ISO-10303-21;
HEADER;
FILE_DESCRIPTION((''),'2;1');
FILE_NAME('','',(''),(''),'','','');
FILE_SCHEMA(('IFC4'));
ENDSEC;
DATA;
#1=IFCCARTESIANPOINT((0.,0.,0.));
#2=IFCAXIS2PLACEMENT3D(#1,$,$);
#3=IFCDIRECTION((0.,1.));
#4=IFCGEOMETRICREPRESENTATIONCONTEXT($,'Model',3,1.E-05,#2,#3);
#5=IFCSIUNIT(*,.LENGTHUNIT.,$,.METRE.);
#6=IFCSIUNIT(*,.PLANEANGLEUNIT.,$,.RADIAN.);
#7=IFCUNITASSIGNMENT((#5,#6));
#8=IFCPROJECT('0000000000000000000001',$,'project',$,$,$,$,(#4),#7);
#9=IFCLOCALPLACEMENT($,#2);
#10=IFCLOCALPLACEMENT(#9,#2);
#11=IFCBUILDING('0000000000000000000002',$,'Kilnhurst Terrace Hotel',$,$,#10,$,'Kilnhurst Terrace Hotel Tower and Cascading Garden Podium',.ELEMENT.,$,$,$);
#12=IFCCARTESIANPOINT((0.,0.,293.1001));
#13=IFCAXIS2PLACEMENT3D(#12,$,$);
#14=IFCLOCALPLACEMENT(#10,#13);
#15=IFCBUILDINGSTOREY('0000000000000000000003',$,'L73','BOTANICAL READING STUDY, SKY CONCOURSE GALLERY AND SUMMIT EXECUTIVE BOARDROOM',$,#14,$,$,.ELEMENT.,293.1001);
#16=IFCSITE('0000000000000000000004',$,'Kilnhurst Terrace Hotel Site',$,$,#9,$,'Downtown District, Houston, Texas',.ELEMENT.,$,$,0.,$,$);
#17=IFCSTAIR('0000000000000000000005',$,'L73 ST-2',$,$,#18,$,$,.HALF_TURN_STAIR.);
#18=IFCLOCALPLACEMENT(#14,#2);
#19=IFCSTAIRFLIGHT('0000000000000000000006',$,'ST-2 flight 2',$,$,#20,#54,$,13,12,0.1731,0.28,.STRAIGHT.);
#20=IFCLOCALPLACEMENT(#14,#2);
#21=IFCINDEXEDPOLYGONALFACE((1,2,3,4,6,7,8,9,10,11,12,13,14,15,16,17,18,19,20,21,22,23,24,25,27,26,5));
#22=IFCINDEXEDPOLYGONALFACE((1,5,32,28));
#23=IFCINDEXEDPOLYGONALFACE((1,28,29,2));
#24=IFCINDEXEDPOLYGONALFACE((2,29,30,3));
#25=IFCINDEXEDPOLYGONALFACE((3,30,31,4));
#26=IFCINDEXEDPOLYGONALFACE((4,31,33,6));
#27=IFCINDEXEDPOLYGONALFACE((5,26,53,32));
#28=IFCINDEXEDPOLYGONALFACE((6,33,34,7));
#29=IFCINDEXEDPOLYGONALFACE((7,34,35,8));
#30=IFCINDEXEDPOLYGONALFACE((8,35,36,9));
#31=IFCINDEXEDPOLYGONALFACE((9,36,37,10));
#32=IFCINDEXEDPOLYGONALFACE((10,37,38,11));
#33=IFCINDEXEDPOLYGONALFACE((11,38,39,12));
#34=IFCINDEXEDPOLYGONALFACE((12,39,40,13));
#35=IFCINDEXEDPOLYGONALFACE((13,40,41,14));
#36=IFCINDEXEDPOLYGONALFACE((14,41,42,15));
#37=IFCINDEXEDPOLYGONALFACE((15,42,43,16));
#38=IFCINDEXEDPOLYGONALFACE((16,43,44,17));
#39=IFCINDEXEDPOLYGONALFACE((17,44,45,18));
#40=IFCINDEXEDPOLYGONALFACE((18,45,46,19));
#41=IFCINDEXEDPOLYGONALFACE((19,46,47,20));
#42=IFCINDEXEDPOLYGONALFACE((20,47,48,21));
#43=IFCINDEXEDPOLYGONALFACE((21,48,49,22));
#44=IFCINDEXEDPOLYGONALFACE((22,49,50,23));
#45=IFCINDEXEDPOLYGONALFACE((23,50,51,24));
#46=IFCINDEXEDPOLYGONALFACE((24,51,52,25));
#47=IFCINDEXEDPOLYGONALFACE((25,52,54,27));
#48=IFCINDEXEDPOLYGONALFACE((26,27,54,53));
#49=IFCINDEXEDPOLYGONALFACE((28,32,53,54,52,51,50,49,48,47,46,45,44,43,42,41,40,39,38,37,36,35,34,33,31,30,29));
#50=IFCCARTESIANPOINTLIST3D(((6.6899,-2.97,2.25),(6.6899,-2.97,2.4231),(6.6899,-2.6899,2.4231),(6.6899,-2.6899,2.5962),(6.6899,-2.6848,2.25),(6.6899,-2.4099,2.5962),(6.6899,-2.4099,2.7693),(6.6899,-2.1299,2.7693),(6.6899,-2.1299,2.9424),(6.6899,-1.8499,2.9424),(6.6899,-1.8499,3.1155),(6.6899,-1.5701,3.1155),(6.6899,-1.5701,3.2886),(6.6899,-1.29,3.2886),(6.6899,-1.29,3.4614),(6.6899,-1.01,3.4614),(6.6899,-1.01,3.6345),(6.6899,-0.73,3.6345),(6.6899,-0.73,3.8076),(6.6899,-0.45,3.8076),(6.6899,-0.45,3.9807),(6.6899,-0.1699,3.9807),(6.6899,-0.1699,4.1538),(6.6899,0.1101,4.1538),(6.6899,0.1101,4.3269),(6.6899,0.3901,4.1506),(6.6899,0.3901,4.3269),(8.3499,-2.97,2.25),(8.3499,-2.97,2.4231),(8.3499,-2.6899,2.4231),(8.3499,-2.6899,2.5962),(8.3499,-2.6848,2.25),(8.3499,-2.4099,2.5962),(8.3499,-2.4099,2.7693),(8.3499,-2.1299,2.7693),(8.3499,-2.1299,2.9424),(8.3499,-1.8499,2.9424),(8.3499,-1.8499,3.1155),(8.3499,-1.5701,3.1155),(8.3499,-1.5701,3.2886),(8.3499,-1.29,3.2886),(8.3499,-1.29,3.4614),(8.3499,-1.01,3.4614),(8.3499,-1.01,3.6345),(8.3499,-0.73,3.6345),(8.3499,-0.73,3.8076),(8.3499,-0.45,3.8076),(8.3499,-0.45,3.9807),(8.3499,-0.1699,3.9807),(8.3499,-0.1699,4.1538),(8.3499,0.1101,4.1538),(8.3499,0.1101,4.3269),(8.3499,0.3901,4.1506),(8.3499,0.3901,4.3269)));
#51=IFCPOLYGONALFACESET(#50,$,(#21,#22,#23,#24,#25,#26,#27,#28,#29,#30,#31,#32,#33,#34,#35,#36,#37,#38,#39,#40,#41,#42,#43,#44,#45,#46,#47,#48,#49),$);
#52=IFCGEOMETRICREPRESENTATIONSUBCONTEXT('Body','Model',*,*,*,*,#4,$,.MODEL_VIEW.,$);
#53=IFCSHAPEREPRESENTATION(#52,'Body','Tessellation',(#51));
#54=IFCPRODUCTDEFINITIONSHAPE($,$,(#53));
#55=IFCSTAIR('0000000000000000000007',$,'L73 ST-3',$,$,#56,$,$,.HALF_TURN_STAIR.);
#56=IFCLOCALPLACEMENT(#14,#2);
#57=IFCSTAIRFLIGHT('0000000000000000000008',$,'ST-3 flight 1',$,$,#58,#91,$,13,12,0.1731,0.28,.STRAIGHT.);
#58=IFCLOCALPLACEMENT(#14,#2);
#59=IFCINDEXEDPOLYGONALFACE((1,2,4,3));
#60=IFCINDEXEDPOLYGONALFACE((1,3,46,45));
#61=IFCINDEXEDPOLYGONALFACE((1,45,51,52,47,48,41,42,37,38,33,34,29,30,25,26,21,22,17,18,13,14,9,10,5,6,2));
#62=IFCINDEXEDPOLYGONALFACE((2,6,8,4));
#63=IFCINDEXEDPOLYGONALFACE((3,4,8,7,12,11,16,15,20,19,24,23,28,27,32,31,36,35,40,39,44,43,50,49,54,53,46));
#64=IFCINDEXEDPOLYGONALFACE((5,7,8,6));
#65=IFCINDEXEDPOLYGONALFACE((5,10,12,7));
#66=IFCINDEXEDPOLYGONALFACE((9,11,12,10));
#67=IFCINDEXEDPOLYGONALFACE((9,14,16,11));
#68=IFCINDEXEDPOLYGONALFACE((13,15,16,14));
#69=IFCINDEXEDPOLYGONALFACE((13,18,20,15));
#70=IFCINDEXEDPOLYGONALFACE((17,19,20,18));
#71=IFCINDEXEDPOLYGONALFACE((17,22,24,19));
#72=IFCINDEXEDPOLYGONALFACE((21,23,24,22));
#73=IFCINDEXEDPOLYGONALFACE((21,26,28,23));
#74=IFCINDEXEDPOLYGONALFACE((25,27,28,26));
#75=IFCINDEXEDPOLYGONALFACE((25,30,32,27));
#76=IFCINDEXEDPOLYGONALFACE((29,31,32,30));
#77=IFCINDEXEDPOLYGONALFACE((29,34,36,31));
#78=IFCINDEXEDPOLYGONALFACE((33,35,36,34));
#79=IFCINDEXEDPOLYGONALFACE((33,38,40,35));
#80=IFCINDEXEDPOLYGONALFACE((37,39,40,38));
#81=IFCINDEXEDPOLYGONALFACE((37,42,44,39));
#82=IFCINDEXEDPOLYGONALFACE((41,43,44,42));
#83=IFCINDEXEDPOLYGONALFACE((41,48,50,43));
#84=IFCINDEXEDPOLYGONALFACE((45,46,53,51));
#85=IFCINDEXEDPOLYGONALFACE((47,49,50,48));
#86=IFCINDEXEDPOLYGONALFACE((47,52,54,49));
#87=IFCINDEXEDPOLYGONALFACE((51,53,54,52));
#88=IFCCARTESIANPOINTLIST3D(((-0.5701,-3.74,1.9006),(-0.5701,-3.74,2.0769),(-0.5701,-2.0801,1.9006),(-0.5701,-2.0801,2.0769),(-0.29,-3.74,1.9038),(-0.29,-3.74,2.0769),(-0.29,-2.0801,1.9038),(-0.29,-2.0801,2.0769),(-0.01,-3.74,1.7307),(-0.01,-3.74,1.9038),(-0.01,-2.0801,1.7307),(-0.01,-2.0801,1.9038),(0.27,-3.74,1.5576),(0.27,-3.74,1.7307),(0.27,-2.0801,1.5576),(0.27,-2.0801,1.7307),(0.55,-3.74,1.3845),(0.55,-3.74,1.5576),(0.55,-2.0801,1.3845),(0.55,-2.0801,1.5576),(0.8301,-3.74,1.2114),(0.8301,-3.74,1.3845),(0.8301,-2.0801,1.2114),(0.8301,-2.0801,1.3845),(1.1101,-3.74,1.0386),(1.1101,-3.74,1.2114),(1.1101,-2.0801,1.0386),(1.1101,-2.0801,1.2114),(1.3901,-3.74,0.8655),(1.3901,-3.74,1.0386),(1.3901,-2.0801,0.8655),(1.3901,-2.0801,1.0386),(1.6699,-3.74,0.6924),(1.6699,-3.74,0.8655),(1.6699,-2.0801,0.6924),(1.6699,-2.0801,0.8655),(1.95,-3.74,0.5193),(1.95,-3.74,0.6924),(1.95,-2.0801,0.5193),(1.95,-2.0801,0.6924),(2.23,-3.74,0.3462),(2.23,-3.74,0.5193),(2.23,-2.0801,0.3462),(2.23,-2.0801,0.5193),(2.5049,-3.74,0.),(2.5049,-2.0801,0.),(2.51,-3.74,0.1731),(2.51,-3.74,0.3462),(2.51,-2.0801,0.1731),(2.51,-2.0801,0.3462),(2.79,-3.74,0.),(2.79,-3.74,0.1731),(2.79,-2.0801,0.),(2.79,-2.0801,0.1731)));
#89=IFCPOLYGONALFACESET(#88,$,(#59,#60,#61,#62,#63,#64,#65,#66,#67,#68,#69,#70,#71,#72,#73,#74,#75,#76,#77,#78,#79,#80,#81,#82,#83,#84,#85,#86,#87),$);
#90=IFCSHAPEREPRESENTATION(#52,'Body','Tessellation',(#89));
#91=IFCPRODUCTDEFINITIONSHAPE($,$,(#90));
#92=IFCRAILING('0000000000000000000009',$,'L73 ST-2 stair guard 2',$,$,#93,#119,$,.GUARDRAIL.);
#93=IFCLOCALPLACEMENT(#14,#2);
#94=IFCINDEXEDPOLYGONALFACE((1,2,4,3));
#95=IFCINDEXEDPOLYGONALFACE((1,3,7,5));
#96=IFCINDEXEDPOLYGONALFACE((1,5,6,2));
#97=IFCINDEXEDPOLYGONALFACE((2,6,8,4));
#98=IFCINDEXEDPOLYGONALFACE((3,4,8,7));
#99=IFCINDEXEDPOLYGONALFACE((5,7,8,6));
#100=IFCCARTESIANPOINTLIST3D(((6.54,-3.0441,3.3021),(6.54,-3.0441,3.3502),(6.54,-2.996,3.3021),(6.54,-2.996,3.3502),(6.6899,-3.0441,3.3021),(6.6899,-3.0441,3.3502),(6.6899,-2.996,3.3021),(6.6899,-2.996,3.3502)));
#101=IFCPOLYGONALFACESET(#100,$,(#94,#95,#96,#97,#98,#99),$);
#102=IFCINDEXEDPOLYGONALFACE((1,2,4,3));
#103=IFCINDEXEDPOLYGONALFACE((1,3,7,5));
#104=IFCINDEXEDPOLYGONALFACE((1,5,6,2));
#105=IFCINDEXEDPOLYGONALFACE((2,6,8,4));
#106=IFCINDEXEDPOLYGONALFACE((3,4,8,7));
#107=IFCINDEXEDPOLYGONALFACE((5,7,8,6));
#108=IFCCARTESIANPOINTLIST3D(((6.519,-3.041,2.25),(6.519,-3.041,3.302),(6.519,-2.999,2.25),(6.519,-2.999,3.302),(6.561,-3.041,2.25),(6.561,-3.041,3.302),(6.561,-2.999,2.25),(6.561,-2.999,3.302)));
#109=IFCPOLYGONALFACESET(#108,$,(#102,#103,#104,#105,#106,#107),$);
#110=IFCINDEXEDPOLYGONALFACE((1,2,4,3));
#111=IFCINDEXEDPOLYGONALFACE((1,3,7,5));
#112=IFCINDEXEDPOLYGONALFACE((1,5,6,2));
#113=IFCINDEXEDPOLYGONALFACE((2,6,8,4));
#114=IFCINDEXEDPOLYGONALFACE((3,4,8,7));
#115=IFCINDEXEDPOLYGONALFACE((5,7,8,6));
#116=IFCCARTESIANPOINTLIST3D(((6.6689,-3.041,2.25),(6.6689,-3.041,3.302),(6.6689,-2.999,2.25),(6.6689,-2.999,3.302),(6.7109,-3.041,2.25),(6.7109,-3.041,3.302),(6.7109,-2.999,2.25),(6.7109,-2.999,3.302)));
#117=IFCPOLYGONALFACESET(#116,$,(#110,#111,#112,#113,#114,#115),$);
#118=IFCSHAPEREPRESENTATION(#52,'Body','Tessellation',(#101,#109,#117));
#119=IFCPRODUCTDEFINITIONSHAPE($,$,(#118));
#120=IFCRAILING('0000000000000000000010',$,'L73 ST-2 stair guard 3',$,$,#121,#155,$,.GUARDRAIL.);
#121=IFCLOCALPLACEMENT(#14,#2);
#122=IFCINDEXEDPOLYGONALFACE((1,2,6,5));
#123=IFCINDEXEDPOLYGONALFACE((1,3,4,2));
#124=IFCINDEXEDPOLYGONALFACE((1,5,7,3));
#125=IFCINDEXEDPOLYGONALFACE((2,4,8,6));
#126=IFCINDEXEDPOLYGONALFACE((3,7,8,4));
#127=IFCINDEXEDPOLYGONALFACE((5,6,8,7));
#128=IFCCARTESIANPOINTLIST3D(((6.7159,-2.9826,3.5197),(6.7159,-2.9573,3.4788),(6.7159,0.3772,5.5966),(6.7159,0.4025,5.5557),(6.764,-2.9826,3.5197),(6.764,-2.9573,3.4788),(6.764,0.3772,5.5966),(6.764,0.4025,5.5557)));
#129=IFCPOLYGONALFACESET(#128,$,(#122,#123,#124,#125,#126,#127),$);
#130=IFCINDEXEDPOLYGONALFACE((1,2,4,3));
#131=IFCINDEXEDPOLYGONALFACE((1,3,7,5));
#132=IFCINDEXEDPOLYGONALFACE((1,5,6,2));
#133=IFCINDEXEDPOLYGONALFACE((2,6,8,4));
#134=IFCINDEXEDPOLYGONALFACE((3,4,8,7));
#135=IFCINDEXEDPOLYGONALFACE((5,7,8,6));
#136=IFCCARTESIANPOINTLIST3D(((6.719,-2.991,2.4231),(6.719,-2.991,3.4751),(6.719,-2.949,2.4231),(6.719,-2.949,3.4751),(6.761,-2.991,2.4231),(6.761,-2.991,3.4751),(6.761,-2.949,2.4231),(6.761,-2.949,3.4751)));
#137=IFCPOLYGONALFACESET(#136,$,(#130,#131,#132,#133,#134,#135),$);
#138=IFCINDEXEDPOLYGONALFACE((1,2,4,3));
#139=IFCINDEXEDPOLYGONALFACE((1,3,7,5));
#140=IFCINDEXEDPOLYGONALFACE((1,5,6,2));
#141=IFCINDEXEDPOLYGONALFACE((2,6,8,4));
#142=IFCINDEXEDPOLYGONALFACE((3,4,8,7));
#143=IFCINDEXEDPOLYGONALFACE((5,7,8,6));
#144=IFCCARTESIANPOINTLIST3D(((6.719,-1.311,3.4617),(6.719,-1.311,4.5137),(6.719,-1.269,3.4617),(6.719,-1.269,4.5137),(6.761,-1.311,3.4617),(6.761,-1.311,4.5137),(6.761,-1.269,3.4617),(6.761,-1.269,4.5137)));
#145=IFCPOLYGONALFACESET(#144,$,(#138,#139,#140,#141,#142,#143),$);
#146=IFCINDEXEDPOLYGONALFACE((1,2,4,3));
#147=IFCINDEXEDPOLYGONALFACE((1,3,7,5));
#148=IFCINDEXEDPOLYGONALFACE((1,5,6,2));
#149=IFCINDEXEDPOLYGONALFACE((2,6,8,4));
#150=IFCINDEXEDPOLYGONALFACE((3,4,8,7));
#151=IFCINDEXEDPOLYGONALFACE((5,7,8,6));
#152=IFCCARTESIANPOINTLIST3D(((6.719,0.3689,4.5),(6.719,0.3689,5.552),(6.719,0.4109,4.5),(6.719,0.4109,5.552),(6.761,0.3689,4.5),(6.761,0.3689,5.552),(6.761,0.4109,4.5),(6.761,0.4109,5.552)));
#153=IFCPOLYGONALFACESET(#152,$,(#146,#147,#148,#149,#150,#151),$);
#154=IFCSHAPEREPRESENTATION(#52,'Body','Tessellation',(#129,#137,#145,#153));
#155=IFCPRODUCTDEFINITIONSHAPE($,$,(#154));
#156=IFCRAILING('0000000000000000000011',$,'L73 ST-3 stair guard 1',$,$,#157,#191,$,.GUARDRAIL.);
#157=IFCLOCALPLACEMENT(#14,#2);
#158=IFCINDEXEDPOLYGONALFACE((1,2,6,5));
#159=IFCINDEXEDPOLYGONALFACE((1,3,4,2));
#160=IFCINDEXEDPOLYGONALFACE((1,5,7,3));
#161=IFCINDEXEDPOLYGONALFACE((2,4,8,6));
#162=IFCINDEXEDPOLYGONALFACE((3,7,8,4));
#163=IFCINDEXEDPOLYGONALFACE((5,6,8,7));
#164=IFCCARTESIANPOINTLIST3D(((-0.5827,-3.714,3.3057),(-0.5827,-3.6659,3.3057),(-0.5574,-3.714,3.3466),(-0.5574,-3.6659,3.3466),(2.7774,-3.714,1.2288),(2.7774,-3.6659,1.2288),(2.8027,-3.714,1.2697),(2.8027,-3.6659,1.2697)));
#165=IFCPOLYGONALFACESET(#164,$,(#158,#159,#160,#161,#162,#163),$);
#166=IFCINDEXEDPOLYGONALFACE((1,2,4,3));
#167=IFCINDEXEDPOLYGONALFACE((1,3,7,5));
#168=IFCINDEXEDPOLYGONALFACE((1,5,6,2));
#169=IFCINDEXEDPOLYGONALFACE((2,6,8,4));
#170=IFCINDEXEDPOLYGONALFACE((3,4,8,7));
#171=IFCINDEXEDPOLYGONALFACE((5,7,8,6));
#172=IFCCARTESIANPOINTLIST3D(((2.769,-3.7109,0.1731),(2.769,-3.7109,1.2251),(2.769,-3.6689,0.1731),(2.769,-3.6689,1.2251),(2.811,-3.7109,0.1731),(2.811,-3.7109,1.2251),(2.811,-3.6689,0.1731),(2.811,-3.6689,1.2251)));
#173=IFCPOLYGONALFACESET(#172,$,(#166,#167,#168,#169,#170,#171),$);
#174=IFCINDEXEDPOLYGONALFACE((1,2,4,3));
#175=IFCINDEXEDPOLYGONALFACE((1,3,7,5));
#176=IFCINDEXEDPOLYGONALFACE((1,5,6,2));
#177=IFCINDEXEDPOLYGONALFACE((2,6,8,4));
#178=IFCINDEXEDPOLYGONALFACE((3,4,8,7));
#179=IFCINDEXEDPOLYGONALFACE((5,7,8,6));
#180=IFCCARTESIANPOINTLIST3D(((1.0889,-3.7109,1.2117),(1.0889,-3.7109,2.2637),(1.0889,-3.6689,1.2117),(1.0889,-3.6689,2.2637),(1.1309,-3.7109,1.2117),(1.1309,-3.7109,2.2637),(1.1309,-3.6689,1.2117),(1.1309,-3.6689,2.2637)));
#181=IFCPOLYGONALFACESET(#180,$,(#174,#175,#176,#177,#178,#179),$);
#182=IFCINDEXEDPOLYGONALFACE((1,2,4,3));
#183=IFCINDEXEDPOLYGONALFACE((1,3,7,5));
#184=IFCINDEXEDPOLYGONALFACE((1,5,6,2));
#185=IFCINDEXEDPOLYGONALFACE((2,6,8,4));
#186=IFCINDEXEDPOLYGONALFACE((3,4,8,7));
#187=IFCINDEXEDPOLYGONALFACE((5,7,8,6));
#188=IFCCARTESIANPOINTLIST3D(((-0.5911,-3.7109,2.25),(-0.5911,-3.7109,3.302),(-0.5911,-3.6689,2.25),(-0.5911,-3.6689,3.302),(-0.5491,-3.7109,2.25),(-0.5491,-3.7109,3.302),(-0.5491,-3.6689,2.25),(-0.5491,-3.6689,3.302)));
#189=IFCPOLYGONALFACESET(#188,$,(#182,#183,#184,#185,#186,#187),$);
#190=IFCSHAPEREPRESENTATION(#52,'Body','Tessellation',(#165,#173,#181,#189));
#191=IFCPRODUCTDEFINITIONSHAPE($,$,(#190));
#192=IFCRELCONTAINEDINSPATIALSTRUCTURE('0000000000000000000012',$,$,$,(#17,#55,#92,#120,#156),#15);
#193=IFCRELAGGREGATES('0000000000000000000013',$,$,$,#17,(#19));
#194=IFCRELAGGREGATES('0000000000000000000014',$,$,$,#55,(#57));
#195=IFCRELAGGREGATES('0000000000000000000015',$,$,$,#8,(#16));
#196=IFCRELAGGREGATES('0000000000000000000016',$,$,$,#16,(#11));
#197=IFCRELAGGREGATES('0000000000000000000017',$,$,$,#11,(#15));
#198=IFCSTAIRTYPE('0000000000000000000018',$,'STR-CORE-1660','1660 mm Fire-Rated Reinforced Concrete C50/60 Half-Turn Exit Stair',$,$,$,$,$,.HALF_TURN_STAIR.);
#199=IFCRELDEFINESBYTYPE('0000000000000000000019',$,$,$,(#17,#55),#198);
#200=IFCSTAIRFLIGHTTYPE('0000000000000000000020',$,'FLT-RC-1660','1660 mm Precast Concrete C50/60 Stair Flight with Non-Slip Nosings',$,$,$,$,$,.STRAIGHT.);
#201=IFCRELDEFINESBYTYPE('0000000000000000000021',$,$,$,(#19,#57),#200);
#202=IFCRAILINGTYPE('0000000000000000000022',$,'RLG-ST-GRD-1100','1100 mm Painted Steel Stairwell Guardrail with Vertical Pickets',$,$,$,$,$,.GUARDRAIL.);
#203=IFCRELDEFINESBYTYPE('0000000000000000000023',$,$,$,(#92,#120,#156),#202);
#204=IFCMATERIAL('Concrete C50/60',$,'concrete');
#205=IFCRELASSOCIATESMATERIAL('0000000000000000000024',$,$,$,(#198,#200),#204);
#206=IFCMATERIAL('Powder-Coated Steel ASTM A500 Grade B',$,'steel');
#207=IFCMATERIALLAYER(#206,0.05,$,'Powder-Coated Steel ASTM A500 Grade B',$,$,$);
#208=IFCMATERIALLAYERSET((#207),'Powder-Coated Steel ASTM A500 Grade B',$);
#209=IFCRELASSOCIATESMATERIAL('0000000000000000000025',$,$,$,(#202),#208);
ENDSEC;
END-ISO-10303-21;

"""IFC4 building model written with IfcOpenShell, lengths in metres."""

from ifc_helpers import new_model, si_unit, direction, frame, origin, origin_2d, place, context, subcontext, project, spatial, polyline, rectangle, outline, extrude, material, layer, layer_set, type_object, element, aggregate, save


model = new_model("IFC4")

# Units and contexts
model_context = context("Model", 3, precision=1e-05, world=origin(), true_north=direction((0.0, 1.0)))
body_context = subcontext(model_context, "Body", "Model", "MODEL_VIEW")
ifc_project = project(units=[si_unit("LENGTHUNIT", "METRE"), si_unit("PLANEANGLEUNIT", "RADIAN")], contexts=[model_context])

# Site, building, storey
site_placement = place(None, origin())
site = spatial("IfcSite", under=ifc_project, at=site_placement, Name="Kilnhurst Terrace Hotel Site", LongName="Downtown District, Houston, Texas", CompositionType="ELEMENT", RefElevation=0.0)
building_placement = place(site_placement, origin())
building = spatial("IfcBuilding", under=site, at=building_placement, Name="Kilnhurst Terrace Hotel", LongName="Kilnhurst Terrace Hotel Tower and Cascading Garden Podium", CompositionType="ELEMENT")
storey_placement = place(building_placement, frame((0.0, 0.0, 293.1001)))
storey = spatial("IfcBuildingStorey", under=building, at=storey_placement, Name="L73", Description="BOTANICAL READING STUDY, SKY CONCOURSE GALLERY AND SUMMIT EXECUTIVE BOARDROOM", CompositionType="ELEMENT", Elevation=293.1001)

# Shared definitions
ifc_material_1 = material(Name="Concrete C50/60", Category="concrete")

# Stairs, stair flights
stair_type = type_object("IfcStairType", Name="STR-CORE-1660", Description="1660 mm Fire-Rated Reinforced Concrete C50/60 Half-Turn Exit Stair", PredefinedType="HALF_TURN_STAIR", material=ifc_material_1)
stair_1_placement = place(storey_placement, origin())
stair_1 = element("IfcStair", 1, at=stair_1_placement, inside=storey, type_object=stair_type, Name="L73 ST-2", PredefinedType="HALF_TURN_STAIR")
stair_flight_type = type_object("IfcStairFlightType", Name="FLT-RC-1660", Description="1660 mm Precast Concrete C50/60 Stair Flight with Non-Slip Nosings", PredefinedType="STRAIGHT", material=ifc_material_1)
stair_flight_1_placement = place(storey_placement, frame((7.52, -2.97, 2.25), z_axis=(0.0, 0.0, 1.0), x_axis=(0.0, 1.0, 0.0)))
stair_flight_1 = element("IfcStairFlight", 2, at=stair_flight_1_placement, type_object=stair_flight_type, Name="ST-2 flight 2", NumberOfRisers=13, NumberOfTreads=12, PredefinedType="STRAIGHT", RiserHeight=0.1731, TreadLength=0.28, context=body_context, shape_type="SweptSolid", body=[
    extrude(outline(polyline([(0.0, 0.0), (0.0, 0.1731), (0.28, 0.1731), (0.28, 0.3462), (0.5601, 0.3462), (0.5601, 0.5193), (0.8401, 0.5193), (0.8401, 0.6924), (1.1201, 0.6924), (1.1201, 0.8655), (1.3999, 0.8655), (1.3999, 1.0386), (1.6799, 1.0386), (1.6799, 1.2114), (1.96, 1.2114), (1.96, 1.3845), (2.24, 1.3845), (2.24, 1.5576), (2.52, 1.5576), (2.52, 1.7307), (2.8, 1.7307), (2.8, 1.9038), (3.0801, 1.9038), (3.0801, 2.0769), (3.3601, 2.0769), (3.3601, 2.25), (3.3601, 1.9006), (0.2852, 0.0), (0.0, 0.0)])), frame((0.0, 0.8301, 0.0), z_axis=(0.0, -1.0, 0.0), x_axis=(1.0, 0.0, 0.0)), (0.0, 0.0, 1.0), 1.6599),
])
aggregate(stair_1, [stair_flight_1])
stair_2_placement = place(storey_placement, origin())
stair_2 = element("IfcStair", 3, at=stair_2_placement, inside=storey, type_object=stair_type, Name="L73 ST-3", PredefinedType="HALF_TURN_STAIR")
stair_flight_2_placement = place(storey_placement, frame((2.79, -2.9099, 0.0), z_axis=(0.0, 0.0, 1.0), x_axis=(-1.0, 0.0, 0.0)))
stair_flight_2 = element("IfcStairFlight", 4, at=stair_flight_2_placement, type_object=stair_flight_type, Name="ST-3 flight 1", NumberOfRisers=13, NumberOfTreads=12, PredefinedType="STRAIGHT", RiserHeight=0.1731, TreadLength=0.28, context=body_context, shape_type="SweptSolid", body=[
    extrude(outline(polyline([(0.0, 0.0), (0.0, 0.1731), (0.28, 0.1731), (0.28, 0.3462), (0.5601, 0.3462), (0.5601, 0.5193), (0.8401, 0.5193), (0.8401, 0.6924), (1.1201, 0.6924), (1.1201, 0.8655), (1.3999, 0.8655), (1.3999, 1.0386), (1.6799, 1.0386), (1.6799, 1.2114), (1.96, 1.2114), (1.96, 1.3845), (2.24, 1.3845), (2.24, 1.5576), (2.52, 1.5576), (2.52, 1.7307), (2.8, 1.7307), (2.8, 1.9038), (3.0801, 1.9038), (3.0801, 2.0769), (3.3601, 2.0769), (3.3601, 2.25), (3.3601, 1.9006), (0.2852, 0.0), (0.0, 0.0)])), frame((0.0, 0.8301, 0.0), z_axis=(0.0, -1.0, 0.0), x_axis=(1.0, 0.0, 0.0)), (0.0, 0.0, 1.0), 1.6599),
])
aggregate(stair_2, [stair_flight_2])

# Railings
ifc_material_2 = material(Name="Powder-Coated Steel ASTM A500 Grade B", Category="steel")
ifc_layer_1 = layer(ifc_material_2, 0.05, Name="Powder-Coated Steel ASTM A500 Grade B")
ifc_layer_set_1 = layer_set([ifc_layer_1], Name="Powder-Coated Steel ASTM A500 Grade B")
railing_type_1 = type_object("IfcRailingType", Name="RLG-ST-GRD-1100", Description="1100 mm Painted Steel Stairwell Guardrail with Vertical Pickets", PredefinedType="GUARDRAIL", material=ifc_layer_set_1)
railing_1_placement = place(storey_placement, frame((6.54, -3.02, 2.25)))
element("IfcRailing", 5, at=railing_1_placement, inside=storey, type_object=railing_type_1, Name="L73 ST-2 stair guard 2", PredefinedType="GUARDRAIL", context=body_context, shape_type="SweptSolid", body=[
    extrude(rectangle(XDim=0.0481, YDim=0.0481, at=origin_2d()), frame((0.0, 0.0, 1.0762), z_axis=(1.0, 0.0, 0.0), x_axis=(0.0, 1.0, 0.0)), (0.0, 0.0, 1.0), 0.1499),
    extrude(rectangle(XDim=0.042, YDim=0.042, at=origin_2d()), origin(), (0.0, 0.0, 1.0), 1.052),
    extrude(rectangle(XDim=0.042, YDim=0.042, at=origin_2d()), frame((0.1499, 0.0, 0.0)), (0.0, 0.0, 1.0), 1.052),
])
railing_2_placement = place(storey_placement, frame((6.74, -2.97, 2.4231)))
element("IfcRailing", 6, at=railing_2_placement, inside=storey, type_object=railing_type_1, Name="L73 ST-2 stair guard 3", PredefinedType="GUARDRAIL", context=body_context, shape_type="SweptSolid", body=[
    extrude(rectangle(XDim=0.0481, YDim=0.0481, at=origin_2d()), frame((0.0, 0.0, 1.0762), z_axis=(0.0, 0.850606, 0.525803), x_axis=(-1.0, 0.0, 0.0)), (0.0, 0.0, 1.0), 3.95),
    extrude(rectangle(XDim=0.042, YDim=0.042, at=origin_2d()), origin(), (0.0, 0.0, 1.0), 1.052),
    extrude(rectangle(XDim=0.042, YDim=0.042, at=origin_2d()), frame((0.0, 1.6799, 1.0386)), (0.0, 0.0, 1.0), 1.052),
    extrude(rectangle(XDim=0.042, YDim=0.042, at=origin_2d()), frame((0.0, 3.3599, 2.0769)), (0.0, 0.0, 1.0), 1.052),
])
railing_3_placement = place(storey_placement, frame((2.79, -3.6899, 0.1731)))
element("IfcRailing", 7, at=railing_3_placement, inside=storey, type_object=railing_type_1, Name="L73 ST-3 stair guard 1", PredefinedType="GUARDRAIL", context=body_context, shape_type="SweptSolid", body=[
    extrude(rectangle(XDim=0.0481, YDim=0.0481, at=origin_2d()), frame((0.0, 0.0, 1.0762), z_axis=(-0.850623, 0.0, 0.525776), x_axis=(0.0, -1.0, 0.0)), (0.0, 0.0, 1.0), 3.9502),
    extrude(rectangle(XDim=0.042, YDim=0.042, at=origin_2d()), origin(), (0.0, 0.0, 1.0), 1.052),
    extrude(rectangle(XDim=0.042, YDim=0.042, at=origin_2d()), frame((-1.6802, 0.0, 1.0386)), (0.0, 0.0, 1.0), 1.052),
    extrude(rectangle(XDim=0.042, YDim=0.042, at=origin_2d()), frame((-3.3601, 0.0, 2.0769)), (0.0, 0.0, 1.0), 1.052),
])

save(model, "model.ifc")
